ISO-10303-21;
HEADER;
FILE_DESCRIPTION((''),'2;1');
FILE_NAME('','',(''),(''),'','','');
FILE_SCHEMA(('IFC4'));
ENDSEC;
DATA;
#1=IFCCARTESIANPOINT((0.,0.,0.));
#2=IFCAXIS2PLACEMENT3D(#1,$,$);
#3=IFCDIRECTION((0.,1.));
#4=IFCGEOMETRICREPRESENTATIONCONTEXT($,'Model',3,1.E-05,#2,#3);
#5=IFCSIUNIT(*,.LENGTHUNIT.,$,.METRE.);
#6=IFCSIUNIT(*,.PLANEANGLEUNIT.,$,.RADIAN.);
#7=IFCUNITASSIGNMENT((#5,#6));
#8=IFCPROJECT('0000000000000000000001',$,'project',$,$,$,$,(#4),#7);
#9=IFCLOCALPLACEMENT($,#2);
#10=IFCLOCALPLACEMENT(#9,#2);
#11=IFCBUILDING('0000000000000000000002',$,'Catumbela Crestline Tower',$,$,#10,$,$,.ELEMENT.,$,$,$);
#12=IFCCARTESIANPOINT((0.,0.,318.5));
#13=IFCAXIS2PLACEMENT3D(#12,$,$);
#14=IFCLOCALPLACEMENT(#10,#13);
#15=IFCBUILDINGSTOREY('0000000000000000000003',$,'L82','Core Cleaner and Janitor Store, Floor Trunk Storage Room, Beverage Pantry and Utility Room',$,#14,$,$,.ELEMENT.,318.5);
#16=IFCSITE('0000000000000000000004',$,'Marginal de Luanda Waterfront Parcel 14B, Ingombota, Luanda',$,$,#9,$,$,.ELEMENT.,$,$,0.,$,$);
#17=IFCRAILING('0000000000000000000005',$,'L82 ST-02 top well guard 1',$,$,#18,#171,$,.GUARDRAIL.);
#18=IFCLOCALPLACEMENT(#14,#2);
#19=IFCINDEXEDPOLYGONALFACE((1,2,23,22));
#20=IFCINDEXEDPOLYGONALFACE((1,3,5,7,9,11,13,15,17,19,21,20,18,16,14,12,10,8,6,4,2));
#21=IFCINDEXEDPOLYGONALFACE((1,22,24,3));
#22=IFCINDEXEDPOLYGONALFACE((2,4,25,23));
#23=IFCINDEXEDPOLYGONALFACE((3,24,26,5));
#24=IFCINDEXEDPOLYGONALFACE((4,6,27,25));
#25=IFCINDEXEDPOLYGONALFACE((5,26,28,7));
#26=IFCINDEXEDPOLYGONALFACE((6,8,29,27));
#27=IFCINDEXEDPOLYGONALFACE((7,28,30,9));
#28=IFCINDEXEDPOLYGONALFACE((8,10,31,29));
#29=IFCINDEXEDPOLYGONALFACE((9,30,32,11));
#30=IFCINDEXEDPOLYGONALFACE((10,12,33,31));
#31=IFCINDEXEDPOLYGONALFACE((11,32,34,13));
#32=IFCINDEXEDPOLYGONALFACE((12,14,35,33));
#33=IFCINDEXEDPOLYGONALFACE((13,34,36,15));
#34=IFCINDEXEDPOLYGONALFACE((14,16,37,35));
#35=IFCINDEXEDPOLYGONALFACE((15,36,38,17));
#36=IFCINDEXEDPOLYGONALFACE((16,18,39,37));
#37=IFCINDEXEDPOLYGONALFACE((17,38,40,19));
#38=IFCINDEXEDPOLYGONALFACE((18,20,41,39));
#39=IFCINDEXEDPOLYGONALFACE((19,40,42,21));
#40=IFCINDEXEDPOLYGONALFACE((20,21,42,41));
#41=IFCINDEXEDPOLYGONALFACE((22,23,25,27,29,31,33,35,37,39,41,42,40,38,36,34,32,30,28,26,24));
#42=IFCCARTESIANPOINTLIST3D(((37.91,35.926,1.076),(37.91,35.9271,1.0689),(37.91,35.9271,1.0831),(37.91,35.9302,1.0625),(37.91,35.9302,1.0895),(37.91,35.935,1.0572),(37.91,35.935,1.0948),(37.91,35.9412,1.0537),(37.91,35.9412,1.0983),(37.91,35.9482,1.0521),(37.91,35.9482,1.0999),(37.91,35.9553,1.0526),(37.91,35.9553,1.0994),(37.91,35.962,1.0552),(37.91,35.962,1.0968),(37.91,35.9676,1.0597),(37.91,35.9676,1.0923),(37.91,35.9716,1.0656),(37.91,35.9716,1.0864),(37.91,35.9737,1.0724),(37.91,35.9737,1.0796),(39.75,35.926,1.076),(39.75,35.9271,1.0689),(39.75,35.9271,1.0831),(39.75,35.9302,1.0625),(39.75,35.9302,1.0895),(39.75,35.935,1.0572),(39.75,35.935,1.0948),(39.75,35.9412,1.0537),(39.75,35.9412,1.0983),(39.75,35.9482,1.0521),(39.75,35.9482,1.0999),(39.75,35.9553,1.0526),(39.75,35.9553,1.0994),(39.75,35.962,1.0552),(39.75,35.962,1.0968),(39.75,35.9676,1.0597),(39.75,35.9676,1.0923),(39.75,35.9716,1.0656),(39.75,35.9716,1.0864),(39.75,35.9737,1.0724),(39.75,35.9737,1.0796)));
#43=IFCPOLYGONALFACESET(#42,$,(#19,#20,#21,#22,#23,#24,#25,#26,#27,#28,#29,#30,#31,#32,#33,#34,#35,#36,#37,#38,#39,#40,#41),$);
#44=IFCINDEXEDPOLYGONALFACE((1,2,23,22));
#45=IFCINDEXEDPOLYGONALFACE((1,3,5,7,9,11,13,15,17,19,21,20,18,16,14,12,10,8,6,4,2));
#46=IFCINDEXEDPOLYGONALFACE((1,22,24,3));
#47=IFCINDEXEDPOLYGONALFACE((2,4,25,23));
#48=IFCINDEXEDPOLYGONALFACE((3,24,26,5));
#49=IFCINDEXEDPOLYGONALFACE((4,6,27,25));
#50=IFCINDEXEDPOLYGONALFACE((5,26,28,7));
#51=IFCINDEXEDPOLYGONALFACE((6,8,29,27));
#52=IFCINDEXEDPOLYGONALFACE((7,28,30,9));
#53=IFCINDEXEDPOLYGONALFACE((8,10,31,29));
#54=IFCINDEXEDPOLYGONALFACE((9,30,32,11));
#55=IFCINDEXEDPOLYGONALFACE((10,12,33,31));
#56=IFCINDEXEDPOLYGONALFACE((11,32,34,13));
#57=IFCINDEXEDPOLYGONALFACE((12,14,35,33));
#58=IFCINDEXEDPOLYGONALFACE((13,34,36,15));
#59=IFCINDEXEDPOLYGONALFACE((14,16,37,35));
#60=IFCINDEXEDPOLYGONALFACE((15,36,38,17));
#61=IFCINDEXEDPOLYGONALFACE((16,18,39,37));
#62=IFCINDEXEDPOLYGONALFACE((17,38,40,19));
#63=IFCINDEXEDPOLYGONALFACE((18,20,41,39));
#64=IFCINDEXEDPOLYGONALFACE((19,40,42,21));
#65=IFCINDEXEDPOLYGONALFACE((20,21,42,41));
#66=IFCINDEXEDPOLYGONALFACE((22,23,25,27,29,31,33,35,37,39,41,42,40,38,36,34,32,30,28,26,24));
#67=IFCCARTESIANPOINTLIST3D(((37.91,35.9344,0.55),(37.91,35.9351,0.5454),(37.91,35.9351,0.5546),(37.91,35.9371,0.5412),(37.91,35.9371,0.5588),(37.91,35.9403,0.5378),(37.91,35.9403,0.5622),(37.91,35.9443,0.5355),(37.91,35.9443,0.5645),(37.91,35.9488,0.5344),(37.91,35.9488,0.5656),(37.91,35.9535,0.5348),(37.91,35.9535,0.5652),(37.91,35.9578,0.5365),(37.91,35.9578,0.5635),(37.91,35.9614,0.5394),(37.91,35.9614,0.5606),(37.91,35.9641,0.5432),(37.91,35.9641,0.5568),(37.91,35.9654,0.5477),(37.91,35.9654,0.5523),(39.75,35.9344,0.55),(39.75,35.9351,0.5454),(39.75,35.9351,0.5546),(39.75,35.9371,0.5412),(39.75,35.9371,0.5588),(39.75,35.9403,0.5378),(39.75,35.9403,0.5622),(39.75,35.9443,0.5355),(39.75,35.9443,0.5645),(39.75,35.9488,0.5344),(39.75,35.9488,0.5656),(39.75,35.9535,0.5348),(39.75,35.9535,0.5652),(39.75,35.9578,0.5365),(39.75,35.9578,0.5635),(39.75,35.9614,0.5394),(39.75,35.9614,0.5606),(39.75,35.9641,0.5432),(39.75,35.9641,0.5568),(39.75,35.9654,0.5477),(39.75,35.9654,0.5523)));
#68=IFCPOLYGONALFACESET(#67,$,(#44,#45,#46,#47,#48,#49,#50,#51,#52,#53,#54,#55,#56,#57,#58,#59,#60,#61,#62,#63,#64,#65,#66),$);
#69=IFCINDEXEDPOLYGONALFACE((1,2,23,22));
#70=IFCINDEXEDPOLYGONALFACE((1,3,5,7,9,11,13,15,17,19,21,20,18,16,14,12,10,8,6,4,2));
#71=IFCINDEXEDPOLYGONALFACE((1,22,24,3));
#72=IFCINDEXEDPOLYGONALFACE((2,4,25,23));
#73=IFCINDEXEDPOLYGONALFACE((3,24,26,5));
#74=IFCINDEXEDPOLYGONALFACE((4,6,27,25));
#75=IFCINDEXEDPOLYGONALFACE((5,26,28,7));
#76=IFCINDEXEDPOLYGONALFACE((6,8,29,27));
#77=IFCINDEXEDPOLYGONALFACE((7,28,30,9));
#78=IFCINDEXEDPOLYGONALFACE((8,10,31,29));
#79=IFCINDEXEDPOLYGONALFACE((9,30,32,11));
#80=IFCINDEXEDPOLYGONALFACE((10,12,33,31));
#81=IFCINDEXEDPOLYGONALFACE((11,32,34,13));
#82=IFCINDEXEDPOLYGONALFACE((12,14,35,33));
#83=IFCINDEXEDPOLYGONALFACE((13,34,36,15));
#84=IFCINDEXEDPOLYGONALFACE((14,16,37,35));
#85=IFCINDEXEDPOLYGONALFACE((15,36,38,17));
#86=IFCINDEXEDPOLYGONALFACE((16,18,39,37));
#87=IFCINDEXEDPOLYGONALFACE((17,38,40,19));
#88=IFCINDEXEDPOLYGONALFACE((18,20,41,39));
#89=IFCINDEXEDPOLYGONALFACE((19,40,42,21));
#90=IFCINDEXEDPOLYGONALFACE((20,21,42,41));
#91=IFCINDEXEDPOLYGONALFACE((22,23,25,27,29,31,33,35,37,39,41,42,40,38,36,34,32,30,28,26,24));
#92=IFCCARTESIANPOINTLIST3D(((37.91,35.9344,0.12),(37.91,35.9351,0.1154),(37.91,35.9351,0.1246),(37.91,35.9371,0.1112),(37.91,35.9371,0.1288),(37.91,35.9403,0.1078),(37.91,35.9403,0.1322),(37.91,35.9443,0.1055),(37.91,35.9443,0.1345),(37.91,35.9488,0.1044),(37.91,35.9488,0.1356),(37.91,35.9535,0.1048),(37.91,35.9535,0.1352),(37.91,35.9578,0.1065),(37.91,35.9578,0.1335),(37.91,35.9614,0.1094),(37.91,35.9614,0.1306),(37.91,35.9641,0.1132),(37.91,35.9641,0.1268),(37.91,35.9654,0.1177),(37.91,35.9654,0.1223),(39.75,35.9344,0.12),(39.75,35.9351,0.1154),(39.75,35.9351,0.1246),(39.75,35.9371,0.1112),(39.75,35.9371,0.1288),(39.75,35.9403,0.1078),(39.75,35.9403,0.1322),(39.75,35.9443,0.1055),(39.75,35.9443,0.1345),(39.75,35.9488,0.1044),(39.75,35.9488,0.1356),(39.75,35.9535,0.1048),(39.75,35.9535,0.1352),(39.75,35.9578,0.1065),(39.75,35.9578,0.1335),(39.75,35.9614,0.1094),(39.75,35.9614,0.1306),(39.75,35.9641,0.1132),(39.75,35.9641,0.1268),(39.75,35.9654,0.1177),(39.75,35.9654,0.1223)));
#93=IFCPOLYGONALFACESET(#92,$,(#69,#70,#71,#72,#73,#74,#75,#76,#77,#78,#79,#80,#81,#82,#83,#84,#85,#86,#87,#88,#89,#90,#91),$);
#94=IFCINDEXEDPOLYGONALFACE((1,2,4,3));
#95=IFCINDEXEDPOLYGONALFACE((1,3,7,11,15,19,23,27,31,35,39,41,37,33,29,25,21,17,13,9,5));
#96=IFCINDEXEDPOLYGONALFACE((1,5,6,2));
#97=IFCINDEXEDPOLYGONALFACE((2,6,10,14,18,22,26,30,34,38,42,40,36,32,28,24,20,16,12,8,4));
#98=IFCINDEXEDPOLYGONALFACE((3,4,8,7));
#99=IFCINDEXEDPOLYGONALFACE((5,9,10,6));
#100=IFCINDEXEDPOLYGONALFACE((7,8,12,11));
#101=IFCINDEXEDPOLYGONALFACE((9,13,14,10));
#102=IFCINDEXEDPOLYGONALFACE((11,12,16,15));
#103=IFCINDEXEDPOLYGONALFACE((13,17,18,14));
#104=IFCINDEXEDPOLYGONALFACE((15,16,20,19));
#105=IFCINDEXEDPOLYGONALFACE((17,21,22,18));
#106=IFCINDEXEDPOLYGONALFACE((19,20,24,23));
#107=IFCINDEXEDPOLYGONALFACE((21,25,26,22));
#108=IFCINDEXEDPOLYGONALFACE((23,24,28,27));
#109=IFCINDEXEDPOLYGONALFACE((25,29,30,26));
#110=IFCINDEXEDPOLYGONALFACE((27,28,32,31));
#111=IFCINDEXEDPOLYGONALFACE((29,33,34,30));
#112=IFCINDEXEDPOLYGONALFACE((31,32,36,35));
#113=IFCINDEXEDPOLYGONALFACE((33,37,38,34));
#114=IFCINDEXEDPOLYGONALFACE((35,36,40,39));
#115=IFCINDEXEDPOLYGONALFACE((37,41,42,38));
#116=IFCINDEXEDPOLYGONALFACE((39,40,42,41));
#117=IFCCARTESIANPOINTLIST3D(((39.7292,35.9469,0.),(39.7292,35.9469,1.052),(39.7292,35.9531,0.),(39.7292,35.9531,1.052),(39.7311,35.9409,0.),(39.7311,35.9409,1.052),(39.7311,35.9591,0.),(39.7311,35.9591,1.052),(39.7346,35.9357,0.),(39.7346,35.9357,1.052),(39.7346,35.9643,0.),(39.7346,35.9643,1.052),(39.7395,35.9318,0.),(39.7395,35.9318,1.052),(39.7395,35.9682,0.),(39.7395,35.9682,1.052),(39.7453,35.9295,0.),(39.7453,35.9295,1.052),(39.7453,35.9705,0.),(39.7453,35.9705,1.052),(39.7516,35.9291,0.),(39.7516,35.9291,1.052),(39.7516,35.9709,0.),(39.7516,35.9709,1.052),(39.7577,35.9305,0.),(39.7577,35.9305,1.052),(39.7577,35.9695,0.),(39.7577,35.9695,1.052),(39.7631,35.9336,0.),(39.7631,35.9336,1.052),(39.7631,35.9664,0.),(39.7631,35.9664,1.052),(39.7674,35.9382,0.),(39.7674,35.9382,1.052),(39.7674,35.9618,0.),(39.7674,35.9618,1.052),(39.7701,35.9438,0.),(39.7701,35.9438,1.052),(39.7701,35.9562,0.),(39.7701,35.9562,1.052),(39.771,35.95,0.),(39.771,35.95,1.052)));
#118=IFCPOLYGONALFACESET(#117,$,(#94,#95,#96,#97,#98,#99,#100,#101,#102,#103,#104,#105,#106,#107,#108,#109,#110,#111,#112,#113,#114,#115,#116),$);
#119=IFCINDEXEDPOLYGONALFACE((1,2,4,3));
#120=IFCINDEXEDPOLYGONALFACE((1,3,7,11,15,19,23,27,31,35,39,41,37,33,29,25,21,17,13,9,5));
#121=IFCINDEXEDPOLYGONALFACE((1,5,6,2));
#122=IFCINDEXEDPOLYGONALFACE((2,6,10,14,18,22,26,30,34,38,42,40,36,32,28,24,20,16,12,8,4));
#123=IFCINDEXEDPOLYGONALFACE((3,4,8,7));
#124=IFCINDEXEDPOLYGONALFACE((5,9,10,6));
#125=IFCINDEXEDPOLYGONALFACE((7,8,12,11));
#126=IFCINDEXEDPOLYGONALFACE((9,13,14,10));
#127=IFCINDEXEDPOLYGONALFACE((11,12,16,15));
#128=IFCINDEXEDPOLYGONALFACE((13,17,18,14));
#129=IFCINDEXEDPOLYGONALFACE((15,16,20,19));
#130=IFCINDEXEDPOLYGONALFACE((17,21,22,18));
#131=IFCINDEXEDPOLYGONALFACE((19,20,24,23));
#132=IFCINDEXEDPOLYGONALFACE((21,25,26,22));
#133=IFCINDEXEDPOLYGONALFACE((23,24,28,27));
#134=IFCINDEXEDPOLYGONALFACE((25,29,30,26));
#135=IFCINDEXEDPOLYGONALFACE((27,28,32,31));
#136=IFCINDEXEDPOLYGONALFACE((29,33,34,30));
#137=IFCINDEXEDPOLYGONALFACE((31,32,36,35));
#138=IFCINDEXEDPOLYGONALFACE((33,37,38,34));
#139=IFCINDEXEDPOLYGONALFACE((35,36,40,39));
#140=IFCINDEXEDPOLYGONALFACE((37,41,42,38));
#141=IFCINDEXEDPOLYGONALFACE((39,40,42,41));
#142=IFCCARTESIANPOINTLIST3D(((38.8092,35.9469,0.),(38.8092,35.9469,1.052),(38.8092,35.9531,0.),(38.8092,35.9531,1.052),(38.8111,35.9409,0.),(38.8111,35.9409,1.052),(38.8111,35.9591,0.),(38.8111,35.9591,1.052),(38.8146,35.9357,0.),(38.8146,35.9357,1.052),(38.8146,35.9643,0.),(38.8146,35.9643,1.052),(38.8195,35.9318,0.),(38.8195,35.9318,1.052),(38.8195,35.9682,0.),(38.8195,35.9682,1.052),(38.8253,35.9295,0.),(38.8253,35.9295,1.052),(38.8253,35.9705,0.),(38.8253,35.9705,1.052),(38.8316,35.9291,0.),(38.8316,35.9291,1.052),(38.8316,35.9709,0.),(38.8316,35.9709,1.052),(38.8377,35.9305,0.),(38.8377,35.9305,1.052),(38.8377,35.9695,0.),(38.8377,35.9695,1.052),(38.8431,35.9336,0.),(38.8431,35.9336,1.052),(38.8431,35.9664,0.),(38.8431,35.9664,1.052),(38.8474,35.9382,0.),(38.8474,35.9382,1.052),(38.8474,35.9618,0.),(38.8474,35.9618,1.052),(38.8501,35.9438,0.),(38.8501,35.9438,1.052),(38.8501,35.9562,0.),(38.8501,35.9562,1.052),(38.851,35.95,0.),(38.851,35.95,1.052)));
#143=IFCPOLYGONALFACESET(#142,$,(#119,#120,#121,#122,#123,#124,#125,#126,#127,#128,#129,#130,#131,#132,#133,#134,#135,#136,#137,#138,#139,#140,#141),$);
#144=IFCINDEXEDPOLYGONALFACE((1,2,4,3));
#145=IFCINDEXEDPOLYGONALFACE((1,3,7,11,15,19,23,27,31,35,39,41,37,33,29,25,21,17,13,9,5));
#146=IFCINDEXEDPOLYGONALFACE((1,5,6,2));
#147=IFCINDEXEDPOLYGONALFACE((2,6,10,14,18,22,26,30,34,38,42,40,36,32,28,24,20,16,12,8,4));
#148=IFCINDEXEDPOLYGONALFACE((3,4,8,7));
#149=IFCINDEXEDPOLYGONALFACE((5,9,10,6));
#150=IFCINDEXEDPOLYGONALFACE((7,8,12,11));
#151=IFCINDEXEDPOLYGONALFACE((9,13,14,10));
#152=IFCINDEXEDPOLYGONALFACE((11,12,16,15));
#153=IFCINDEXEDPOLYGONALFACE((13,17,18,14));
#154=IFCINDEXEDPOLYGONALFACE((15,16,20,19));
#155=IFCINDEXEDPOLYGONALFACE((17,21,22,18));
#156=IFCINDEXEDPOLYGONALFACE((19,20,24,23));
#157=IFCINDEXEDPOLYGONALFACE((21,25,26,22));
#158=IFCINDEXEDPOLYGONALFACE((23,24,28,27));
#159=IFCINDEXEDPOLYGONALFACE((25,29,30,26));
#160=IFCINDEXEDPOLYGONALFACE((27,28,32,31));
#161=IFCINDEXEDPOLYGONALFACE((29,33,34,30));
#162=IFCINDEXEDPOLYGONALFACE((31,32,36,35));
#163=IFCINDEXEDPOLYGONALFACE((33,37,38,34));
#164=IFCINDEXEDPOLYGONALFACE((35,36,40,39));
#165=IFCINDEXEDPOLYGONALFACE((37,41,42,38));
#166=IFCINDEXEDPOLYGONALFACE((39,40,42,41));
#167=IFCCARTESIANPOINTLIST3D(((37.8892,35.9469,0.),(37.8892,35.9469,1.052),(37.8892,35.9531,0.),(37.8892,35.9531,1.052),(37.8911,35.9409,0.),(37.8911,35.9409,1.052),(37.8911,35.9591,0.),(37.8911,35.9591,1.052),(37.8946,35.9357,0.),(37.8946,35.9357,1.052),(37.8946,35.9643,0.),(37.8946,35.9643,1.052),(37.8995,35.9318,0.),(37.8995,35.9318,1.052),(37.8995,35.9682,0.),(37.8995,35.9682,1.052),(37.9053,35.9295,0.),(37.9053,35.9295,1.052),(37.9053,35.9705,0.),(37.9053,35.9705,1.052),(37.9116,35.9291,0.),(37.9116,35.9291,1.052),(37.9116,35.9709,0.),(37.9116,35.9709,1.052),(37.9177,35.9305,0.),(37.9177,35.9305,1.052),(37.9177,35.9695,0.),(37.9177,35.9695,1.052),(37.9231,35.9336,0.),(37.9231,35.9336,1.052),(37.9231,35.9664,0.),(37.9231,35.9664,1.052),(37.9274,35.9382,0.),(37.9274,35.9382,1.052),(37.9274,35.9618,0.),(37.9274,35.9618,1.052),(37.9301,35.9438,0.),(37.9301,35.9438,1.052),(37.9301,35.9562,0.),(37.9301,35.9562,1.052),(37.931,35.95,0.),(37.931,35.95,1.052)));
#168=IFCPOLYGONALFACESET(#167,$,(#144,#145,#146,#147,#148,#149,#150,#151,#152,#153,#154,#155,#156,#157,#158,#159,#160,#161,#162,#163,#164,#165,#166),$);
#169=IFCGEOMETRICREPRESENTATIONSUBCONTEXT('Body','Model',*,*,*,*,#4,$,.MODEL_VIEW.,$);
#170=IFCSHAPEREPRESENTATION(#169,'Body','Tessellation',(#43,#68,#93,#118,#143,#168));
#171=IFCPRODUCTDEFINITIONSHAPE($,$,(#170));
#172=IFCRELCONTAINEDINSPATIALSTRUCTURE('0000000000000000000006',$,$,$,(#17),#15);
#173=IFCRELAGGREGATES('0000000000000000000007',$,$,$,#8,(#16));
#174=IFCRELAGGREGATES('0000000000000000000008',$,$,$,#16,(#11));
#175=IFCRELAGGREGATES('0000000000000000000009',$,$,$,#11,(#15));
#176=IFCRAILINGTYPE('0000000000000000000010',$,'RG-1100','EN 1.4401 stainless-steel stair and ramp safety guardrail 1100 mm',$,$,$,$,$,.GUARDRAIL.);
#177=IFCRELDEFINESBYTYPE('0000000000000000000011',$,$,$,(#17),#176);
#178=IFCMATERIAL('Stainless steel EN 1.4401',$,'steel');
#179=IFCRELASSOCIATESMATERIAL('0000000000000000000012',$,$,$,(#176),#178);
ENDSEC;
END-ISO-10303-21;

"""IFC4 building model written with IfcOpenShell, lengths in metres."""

from ifc_helpers import new_model, si_unit, direction, frame, origin, origin_2d, place, context, subcontext, project, spatial, circle, extrude, material, type_object, element, save


model = new_model("IFC4")

# Units and contexts
model_context = context("Model", 3, precision=1e-05, world=origin(), true_north=direction((0.0, 1.0)))
body_context = subcontext(model_context, "Body", "Model", "MODEL_VIEW")
ifc_project = project(units=[si_unit("LENGTHUNIT", "METRE"), si_unit("PLANEANGLEUNIT", "RADIAN")], contexts=[model_context])

# Site, building, storey
site_placement = place(None, origin())
site = spatial("IfcSite", under=ifc_project, at=site_placement, Name="Marginal de Luanda Waterfront Parcel 14B, Ingombota, Luanda", CompositionType="ELEMENT", RefElevation=0.0)
building_placement = place(site_placement, origin())
building = spatial("IfcBuilding", under=site, at=building_placement, Name="Catumbela Crestline Tower", CompositionType="ELEMENT")
storey_placement = place(building_placement, frame((0.0, 0.0, 318.5)))
storey = spatial("IfcBuildingStorey", under=building, at=storey_placement, Name="L82", Description="Core Cleaner and Janitor Store, Floor Trunk Storage Room, Beverage Pantry and Utility Room", CompositionType="ELEMENT", Elevation=318.5)

# Shared definitions
ifc_material_1 = material(Name="Stainless steel EN 1.4401", Category="steel")

# Railing
railing_type = type_object("IfcRailingType", Name="RG-1100", Description="EN 1.4401 stainless-steel stair and ramp safety guardrail 1100 mm", PredefinedType="GUARDRAIL", material=ifc_material_1)
railing_placement = place(storey_placement, frame((39.75, 35.95, 0.0)))
element("IfcRailing", 1, at=railing_placement, inside=storey, type_object=railing_type, Name="L82 ST-02 top well guard 1", PredefinedType="GUARDRAIL", context=body_context, shape_type="SweptSolid", body=[
    extrude(circle(Radius=0.024, at=origin_2d()), frame((0.0, 0.0, 1.076), z_axis=(-1.0, 0.0, 0.0), x_axis=(0.0, -1.0, 0.0)), (0.0, 0.0, 1.0), 1.84),
    extrude(circle(Radius=0.0156, at=origin_2d()), frame((0.0, 0.0, 0.55), z_axis=(-1.0, 0.0, 0.0), x_axis=(0.0, -1.0, 0.0)), (0.0, 0.0, 1.0), 1.84),
    extrude(circle(Radius=0.0156, at=origin_2d()), frame((0.0, 0.0, 0.12), z_axis=(-1.0, 0.0, 0.0), x_axis=(0.0, -1.0, 0.0)), (0.0, 0.0, 1.0), 1.84),
    extrude(circle(Radius=0.021, at=origin_2d()), origin(), (0.0, 0.0, 1.0), 1.052),
    extrude(circle(Radius=0.021, at=origin_2d()), frame((-0.92, 0.0, 0.0)), (0.0, 0.0, 1.0), 1.052),
    extrude(circle(Radius=0.021, at=origin_2d()), frame((-1.84, 0.0, 0.0)), (0.0, 0.0, 1.0), 1.052),
])

save(model, "model.ifc")
